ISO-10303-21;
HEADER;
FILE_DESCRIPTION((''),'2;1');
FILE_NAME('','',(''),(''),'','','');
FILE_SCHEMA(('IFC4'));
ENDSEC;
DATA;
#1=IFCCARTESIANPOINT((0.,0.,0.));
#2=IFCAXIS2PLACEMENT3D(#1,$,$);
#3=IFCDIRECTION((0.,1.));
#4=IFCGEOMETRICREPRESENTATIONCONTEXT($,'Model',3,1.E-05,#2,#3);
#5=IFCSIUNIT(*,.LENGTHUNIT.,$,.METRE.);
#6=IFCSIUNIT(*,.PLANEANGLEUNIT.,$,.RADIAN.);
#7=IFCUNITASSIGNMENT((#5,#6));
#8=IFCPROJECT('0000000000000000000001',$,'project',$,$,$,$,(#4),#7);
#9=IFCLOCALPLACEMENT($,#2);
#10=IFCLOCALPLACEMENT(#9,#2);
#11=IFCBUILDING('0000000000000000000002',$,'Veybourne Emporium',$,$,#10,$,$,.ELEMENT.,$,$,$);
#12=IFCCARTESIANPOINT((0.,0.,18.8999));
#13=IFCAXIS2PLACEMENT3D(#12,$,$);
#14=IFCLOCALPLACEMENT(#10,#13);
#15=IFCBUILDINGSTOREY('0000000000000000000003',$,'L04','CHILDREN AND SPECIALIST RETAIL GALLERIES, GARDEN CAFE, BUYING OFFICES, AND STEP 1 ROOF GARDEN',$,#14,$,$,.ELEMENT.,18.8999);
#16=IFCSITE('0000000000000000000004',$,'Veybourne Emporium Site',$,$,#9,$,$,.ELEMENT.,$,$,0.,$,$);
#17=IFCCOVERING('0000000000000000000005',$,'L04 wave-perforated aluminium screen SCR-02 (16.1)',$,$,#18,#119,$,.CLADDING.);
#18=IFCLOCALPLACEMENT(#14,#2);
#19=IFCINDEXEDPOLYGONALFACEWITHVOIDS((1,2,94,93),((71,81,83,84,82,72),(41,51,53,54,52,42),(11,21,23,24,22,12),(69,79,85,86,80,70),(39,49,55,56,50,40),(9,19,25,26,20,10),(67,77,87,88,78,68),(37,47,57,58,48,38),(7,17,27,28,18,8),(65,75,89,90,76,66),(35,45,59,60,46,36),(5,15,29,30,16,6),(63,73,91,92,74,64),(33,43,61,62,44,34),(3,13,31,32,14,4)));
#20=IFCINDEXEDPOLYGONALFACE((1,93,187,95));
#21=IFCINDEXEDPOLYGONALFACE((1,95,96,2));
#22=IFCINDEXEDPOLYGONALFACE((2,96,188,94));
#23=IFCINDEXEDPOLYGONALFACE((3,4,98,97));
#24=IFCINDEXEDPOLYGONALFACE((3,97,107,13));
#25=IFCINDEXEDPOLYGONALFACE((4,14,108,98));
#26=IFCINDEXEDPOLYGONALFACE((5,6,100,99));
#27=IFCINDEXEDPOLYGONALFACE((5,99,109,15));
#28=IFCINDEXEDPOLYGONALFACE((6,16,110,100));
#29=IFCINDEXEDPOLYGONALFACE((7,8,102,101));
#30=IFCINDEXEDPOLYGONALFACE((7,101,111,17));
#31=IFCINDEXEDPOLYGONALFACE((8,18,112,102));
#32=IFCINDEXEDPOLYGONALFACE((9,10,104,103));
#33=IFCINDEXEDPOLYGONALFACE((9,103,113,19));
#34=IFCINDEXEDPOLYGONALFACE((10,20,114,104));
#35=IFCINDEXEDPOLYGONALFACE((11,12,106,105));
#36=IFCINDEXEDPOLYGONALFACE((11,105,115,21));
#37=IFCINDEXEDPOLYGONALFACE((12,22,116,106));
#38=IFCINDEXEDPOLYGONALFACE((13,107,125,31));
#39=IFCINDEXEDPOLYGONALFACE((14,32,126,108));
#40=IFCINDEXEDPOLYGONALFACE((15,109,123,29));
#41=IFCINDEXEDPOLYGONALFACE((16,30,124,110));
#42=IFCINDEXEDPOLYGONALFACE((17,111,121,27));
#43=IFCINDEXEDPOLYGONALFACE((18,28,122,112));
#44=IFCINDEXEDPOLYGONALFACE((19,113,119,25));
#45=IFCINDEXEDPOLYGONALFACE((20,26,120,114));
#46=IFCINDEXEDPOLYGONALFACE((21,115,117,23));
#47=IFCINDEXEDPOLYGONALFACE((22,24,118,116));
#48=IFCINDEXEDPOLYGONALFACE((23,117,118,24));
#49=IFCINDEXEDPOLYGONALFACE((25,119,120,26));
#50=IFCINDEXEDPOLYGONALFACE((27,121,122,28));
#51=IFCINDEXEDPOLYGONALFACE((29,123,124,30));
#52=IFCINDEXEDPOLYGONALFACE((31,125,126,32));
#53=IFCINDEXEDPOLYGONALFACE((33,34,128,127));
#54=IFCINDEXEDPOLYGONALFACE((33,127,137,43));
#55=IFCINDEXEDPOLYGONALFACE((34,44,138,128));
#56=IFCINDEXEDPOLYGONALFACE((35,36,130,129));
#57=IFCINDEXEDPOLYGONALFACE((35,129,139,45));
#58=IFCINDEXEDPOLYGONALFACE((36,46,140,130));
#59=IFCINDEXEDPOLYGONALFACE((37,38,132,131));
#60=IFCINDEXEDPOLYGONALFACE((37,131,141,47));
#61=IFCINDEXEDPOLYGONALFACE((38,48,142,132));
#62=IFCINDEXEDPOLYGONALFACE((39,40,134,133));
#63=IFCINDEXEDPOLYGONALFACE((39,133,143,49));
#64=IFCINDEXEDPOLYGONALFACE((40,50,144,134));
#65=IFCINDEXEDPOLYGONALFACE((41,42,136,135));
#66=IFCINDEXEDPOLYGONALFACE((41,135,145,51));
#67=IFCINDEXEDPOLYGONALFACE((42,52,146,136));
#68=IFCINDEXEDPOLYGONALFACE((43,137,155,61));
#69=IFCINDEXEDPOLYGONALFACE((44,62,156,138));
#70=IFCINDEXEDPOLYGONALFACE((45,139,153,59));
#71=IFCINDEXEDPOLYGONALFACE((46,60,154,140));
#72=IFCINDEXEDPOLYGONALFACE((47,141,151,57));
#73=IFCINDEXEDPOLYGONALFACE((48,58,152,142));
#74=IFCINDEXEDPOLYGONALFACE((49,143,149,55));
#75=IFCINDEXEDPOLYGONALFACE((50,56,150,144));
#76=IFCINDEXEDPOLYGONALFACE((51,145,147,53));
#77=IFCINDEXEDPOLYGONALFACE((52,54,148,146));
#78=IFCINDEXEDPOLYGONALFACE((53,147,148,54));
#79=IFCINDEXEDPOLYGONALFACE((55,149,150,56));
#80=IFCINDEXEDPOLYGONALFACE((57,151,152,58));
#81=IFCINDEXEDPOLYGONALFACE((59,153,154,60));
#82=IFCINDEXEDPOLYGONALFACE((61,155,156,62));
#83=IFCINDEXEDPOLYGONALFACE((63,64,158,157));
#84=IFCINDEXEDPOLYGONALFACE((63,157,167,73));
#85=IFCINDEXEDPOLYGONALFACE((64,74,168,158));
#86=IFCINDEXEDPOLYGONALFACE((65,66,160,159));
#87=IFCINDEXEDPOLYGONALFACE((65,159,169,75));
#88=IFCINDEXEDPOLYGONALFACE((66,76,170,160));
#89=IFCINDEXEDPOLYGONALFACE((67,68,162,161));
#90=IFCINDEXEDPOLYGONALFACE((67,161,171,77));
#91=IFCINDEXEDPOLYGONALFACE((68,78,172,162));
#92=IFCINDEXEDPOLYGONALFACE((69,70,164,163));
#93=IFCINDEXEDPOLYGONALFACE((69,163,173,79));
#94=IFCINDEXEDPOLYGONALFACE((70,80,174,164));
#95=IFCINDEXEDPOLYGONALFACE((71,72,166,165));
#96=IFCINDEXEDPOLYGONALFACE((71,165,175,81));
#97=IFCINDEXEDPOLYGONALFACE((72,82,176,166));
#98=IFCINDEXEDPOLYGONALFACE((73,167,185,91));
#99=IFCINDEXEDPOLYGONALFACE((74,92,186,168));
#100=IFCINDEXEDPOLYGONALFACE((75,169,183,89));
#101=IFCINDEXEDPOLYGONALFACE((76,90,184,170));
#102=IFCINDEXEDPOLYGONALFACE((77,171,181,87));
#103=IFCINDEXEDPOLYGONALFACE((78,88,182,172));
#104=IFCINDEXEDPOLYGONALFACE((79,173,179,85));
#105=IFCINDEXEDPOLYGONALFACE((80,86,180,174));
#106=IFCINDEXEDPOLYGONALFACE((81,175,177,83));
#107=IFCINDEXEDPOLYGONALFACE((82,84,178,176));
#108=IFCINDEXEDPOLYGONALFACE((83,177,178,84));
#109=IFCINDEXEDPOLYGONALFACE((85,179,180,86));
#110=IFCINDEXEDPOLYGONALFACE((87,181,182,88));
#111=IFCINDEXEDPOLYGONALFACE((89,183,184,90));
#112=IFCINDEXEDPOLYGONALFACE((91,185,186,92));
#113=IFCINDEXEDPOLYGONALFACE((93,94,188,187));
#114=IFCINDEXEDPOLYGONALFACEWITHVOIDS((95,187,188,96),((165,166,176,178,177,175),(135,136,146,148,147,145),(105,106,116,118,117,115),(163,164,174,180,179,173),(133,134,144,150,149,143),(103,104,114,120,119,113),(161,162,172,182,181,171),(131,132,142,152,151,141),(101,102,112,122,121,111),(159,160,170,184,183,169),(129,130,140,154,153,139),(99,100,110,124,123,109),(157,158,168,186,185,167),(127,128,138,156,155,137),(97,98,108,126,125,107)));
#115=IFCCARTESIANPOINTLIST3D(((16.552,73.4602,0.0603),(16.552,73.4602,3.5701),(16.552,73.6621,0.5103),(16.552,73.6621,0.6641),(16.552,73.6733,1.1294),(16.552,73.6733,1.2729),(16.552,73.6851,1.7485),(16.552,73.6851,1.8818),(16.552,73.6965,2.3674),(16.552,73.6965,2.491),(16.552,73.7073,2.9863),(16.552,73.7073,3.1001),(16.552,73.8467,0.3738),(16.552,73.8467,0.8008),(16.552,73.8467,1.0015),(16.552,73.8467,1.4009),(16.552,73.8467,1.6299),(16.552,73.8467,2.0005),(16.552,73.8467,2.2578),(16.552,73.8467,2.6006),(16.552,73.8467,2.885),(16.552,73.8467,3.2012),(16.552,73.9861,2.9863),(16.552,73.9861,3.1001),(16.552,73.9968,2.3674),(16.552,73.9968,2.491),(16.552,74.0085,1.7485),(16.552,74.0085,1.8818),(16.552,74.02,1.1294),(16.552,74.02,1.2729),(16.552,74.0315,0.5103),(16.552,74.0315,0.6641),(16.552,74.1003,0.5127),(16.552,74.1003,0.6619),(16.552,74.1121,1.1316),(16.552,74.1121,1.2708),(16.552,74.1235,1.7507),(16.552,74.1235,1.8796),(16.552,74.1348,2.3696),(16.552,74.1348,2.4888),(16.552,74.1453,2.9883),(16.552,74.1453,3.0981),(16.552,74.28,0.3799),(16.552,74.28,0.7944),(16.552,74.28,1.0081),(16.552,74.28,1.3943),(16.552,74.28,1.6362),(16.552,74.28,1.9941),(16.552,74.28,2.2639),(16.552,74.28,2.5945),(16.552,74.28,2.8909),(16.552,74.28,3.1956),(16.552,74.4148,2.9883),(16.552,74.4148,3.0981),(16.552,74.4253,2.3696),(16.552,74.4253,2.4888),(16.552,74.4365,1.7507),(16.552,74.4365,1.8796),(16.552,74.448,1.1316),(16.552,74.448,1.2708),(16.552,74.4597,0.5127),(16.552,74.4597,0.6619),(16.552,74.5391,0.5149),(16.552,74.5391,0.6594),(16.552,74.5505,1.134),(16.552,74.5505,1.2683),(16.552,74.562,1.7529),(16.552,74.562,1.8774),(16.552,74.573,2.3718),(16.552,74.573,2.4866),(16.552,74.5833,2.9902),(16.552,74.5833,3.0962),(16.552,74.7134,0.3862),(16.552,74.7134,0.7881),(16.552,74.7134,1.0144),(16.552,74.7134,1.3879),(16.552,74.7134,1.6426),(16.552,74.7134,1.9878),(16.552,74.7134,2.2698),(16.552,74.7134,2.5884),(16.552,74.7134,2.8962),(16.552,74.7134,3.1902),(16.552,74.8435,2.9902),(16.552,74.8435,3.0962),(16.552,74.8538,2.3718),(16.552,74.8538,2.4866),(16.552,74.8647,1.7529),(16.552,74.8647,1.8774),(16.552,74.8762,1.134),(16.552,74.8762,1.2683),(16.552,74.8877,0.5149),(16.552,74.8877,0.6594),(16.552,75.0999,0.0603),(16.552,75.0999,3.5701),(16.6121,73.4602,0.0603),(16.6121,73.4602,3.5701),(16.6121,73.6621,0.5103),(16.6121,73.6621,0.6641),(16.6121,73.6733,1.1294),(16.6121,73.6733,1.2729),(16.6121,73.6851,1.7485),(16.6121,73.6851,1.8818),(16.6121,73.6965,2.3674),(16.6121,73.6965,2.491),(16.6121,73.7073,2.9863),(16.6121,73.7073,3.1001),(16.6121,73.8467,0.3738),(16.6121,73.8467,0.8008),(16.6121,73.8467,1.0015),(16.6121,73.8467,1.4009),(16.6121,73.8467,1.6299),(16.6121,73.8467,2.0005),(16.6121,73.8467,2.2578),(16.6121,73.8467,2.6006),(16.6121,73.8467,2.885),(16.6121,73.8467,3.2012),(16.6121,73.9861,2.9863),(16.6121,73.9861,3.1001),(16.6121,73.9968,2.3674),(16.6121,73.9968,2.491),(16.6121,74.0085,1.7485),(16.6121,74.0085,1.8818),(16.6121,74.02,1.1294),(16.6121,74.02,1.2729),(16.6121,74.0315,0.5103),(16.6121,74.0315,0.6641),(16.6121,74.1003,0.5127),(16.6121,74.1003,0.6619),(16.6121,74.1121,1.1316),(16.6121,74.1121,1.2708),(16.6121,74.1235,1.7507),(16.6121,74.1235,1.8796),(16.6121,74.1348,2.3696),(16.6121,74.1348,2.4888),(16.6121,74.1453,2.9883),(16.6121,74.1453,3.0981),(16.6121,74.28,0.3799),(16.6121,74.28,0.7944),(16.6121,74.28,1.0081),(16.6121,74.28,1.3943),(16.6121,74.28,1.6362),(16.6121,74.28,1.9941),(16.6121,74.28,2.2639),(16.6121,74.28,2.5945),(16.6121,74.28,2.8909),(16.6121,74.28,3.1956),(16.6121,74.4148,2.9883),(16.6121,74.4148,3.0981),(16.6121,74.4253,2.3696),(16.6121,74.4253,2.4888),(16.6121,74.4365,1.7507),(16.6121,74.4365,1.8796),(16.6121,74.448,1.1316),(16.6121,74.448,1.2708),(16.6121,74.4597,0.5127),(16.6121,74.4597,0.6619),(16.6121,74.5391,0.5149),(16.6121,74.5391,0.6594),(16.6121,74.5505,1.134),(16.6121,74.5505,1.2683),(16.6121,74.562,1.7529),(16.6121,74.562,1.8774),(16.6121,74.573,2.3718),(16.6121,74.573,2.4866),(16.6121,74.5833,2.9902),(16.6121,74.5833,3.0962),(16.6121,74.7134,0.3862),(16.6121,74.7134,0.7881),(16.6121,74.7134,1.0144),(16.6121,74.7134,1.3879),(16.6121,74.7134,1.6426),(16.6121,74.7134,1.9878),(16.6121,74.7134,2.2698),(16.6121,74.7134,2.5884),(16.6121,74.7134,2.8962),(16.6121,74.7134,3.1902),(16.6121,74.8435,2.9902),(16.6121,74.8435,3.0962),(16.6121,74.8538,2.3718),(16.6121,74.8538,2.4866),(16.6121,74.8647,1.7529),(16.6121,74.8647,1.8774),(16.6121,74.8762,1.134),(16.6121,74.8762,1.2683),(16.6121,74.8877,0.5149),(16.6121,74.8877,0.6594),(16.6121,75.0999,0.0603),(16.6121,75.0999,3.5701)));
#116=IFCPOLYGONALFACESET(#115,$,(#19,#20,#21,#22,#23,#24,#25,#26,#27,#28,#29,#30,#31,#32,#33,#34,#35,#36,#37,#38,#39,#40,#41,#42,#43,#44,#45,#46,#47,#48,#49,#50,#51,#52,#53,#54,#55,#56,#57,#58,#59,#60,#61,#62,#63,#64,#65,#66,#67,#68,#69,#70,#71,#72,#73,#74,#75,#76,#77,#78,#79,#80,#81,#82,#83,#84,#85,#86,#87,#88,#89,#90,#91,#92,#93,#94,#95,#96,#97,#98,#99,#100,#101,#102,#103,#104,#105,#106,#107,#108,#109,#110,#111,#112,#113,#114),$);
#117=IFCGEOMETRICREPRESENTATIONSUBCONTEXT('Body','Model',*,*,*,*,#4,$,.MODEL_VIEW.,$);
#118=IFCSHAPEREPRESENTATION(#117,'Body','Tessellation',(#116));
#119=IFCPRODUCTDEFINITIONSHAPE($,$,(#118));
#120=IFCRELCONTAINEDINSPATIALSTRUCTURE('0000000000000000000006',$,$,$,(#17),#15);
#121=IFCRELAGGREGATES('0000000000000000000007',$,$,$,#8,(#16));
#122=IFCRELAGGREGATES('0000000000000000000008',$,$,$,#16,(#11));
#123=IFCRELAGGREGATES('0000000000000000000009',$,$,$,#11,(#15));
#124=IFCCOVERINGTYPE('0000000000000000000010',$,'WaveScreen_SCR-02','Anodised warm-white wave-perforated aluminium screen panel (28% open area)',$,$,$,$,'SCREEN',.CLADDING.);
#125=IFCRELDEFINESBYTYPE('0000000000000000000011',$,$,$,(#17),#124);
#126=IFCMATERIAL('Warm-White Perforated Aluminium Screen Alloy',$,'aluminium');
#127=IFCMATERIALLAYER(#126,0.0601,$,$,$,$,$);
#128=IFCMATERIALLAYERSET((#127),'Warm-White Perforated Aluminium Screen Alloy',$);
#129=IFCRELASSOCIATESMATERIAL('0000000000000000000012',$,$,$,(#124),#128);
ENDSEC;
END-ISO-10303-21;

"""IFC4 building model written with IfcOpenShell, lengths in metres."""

from ifc_helpers import new_model, si_unit, direction, frame, origin, place, context, subcontext, project, spatial, polyline, outline, extrude, material, layer, layer_set, type_object, element, save


model = new_model("IFC4")

# Units and contexts
model_context = context("Model", 3, precision=1e-05, world=origin(), true_north=direction((0.0, 1.0)))
body_context = subcontext(model_context, "Body", "Model", "MODEL_VIEW")
ifc_project = project(units=[si_unit("LENGTHUNIT", "METRE"), si_unit("PLANEANGLEUNIT", "RADIAN")], contexts=[model_context])

# Site, building, storey
site_placement = place(None, origin())
site = spatial("IfcSite", under=ifc_project, at=site_placement, Name="Veybourne Emporium Site", CompositionType="ELEMENT", RefElevation=0.0)
building_placement = place(site_placement, origin())
building = spatial("IfcBuilding", under=site, at=building_placement, Name="Veybourne Emporium", CompositionType="ELEMENT")
storey_placement = place(building_placement, frame((0.0, 0.0, 18.8999)))
storey = spatial("IfcBuildingStorey", under=building, at=storey_placement, Name="L04", Description="CHILDREN AND SPECIALIST RETAIL GALLERIES, GARDEN CAFE, BUYING OFFICES, AND STEP 1 ROOF GARDEN", CompositionType="ELEMENT", Elevation=18.8999)

# Covering
ifc_material_1 = material(Name="Warm-White Perforated Aluminium Screen Alloy", Category="aluminium")
ifc_layer_1 = layer(ifc_material_1, 0.0601)
ifc_layer_set_1 = layer_set([ifc_layer_1], Name="Warm-White Perforated Aluminium Screen Alloy")
covering_type_1 = type_object("IfcCoveringType", Name="WaveScreen_SCR-02", Description="Anodised warm-white wave-perforated aluminium screen panel (28% open area)", ElementType="SCREEN", PredefinedType="CLADDING", material=ifc_layer_set_1)
covering_1_placement = place(storey_placement, frame((16.552, 74.28, 1.8152), z_axis=(1.0, 0.0, 0.0), x_axis=(0.0, 1.0, 0.0)))
element("IfcCovering", 1, at=covering_1_placement, inside=storey, type_object=covering_type_1, Name="L04 wave-perforated aluminium screen SCR-02 (16.1)", PredefinedType="CLADDING", context=body_context, shape_type="SweptSolid", body=[
    extrude(outline(polyline([(-0.8198, -1.7549), (0.8198, -1.7549), (0.8198, 1.7549), (-0.8198, 1.7549), (-0.8198, -1.7549)]), holes=[polyline([(-0.4333, -1.0144), (-0.2485, -1.1511), (-0.2485, -1.3049), (-0.4333, -1.4414), (-0.6179, -1.3049), (-0.6179, -1.1511), (-0.4333, -1.0144)]), polyline([(-0.4333, -0.4143), (-0.26, -0.5422), (-0.26, -0.6858), (-0.4333, -0.8137), (-0.6067, -0.6858), (-0.6067, -0.5422), (-0.4333, -0.4143)]), polyline([(-0.4333, 0.1853), (-0.2715, 0.0667), (-0.2715, -0.0667), (-0.4333, -0.1853), (-0.595, -0.0667), (-0.595, 0.0667), (-0.4333, 0.1853)]), polyline([(-0.4333, 0.7854), (-0.2832, 0.6758), (-0.2832, 0.5522), (-0.4333, 0.4426), (-0.5835, 0.5522), (-0.5835, 0.6758), (-0.4333, 0.7854)]), polyline([(-0.4333, 1.386), (-0.2939, 1.2849), (-0.2939, 1.1711), (-0.4333, 1.0698), (-0.5728, 1.1711), (-0.5728, 1.2849), (-0.4333, 1.386)]), polyline([(0.0, -1.0208), (0.1797, -1.1533), (0.1797, -1.3025), (0.0, -1.4353), (-0.1797, -1.3025), (-0.1797, -1.1533), (0.0, -1.0208)]), polyline([(0.0, -0.4209), (0.168, -0.5444), (0.168, -0.6836), (0.0, -0.8071), (-0.168, -0.6836), (-0.168, -0.5444), (0.0, -0.4209)]), polyline([(0.0, 0.179), (0.1565, 0.0645), (0.1565, -0.0645), (0.0, -0.179), (-0.1565, -0.0645), (-0.1565, 0.0645), (0.0, 0.179)]), polyline([(0.0, 0.7793), (0.1453, 0.6736), (0.1453, 0.5544), (0.0, 0.4487), (-0.1453, 0.5544), (-0.1453, 0.6736), (0.0, 0.7793)]), polyline([(0.0, 1.3804), (0.1348, 1.283), (0.1348, 1.1731), (0.0, 1.0757), (-0.1348, 1.1731), (-0.1348, 1.283), (0.0, 1.3804)]), polyline([(0.4333, -1.0271), (0.6077, -1.1558), (0.6077, -1.3003), (0.4333, -1.429), (0.259, -1.3003), (0.259, -1.1558), (0.4333, -1.0271)]), polyline([(0.4333, -0.4272), (0.5962, -0.5469), (0.5962, -0.6812), (0.4333, -0.8008), (0.2705, -0.6812), (0.2705, -0.5469), (0.4333, -0.4272)]), polyline([(0.4333, 0.1726), (0.5847, 0.0623), (0.5847, -0.0623), (0.4333, -0.1726), (0.282, -0.0623), (0.282, 0.0623), (0.4333, 0.1726)]), polyline([(0.4333, 0.7732), (0.5737, 0.6714), (0.5737, 0.5566), (0.4333, 0.4546), (0.293, 0.5566), (0.293, 0.6714), (0.4333, 0.7732)]), polyline([(0.4333, 1.375), (0.5635, 1.281), (0.5635, 1.175), (0.4333, 1.0811), (0.3032, 1.175), (0.3032, 1.281), (0.4333, 1.375)])]), origin(), (0.0, 0.0, 1.0), 0.0601),
])

save(model, "model.ifc")
